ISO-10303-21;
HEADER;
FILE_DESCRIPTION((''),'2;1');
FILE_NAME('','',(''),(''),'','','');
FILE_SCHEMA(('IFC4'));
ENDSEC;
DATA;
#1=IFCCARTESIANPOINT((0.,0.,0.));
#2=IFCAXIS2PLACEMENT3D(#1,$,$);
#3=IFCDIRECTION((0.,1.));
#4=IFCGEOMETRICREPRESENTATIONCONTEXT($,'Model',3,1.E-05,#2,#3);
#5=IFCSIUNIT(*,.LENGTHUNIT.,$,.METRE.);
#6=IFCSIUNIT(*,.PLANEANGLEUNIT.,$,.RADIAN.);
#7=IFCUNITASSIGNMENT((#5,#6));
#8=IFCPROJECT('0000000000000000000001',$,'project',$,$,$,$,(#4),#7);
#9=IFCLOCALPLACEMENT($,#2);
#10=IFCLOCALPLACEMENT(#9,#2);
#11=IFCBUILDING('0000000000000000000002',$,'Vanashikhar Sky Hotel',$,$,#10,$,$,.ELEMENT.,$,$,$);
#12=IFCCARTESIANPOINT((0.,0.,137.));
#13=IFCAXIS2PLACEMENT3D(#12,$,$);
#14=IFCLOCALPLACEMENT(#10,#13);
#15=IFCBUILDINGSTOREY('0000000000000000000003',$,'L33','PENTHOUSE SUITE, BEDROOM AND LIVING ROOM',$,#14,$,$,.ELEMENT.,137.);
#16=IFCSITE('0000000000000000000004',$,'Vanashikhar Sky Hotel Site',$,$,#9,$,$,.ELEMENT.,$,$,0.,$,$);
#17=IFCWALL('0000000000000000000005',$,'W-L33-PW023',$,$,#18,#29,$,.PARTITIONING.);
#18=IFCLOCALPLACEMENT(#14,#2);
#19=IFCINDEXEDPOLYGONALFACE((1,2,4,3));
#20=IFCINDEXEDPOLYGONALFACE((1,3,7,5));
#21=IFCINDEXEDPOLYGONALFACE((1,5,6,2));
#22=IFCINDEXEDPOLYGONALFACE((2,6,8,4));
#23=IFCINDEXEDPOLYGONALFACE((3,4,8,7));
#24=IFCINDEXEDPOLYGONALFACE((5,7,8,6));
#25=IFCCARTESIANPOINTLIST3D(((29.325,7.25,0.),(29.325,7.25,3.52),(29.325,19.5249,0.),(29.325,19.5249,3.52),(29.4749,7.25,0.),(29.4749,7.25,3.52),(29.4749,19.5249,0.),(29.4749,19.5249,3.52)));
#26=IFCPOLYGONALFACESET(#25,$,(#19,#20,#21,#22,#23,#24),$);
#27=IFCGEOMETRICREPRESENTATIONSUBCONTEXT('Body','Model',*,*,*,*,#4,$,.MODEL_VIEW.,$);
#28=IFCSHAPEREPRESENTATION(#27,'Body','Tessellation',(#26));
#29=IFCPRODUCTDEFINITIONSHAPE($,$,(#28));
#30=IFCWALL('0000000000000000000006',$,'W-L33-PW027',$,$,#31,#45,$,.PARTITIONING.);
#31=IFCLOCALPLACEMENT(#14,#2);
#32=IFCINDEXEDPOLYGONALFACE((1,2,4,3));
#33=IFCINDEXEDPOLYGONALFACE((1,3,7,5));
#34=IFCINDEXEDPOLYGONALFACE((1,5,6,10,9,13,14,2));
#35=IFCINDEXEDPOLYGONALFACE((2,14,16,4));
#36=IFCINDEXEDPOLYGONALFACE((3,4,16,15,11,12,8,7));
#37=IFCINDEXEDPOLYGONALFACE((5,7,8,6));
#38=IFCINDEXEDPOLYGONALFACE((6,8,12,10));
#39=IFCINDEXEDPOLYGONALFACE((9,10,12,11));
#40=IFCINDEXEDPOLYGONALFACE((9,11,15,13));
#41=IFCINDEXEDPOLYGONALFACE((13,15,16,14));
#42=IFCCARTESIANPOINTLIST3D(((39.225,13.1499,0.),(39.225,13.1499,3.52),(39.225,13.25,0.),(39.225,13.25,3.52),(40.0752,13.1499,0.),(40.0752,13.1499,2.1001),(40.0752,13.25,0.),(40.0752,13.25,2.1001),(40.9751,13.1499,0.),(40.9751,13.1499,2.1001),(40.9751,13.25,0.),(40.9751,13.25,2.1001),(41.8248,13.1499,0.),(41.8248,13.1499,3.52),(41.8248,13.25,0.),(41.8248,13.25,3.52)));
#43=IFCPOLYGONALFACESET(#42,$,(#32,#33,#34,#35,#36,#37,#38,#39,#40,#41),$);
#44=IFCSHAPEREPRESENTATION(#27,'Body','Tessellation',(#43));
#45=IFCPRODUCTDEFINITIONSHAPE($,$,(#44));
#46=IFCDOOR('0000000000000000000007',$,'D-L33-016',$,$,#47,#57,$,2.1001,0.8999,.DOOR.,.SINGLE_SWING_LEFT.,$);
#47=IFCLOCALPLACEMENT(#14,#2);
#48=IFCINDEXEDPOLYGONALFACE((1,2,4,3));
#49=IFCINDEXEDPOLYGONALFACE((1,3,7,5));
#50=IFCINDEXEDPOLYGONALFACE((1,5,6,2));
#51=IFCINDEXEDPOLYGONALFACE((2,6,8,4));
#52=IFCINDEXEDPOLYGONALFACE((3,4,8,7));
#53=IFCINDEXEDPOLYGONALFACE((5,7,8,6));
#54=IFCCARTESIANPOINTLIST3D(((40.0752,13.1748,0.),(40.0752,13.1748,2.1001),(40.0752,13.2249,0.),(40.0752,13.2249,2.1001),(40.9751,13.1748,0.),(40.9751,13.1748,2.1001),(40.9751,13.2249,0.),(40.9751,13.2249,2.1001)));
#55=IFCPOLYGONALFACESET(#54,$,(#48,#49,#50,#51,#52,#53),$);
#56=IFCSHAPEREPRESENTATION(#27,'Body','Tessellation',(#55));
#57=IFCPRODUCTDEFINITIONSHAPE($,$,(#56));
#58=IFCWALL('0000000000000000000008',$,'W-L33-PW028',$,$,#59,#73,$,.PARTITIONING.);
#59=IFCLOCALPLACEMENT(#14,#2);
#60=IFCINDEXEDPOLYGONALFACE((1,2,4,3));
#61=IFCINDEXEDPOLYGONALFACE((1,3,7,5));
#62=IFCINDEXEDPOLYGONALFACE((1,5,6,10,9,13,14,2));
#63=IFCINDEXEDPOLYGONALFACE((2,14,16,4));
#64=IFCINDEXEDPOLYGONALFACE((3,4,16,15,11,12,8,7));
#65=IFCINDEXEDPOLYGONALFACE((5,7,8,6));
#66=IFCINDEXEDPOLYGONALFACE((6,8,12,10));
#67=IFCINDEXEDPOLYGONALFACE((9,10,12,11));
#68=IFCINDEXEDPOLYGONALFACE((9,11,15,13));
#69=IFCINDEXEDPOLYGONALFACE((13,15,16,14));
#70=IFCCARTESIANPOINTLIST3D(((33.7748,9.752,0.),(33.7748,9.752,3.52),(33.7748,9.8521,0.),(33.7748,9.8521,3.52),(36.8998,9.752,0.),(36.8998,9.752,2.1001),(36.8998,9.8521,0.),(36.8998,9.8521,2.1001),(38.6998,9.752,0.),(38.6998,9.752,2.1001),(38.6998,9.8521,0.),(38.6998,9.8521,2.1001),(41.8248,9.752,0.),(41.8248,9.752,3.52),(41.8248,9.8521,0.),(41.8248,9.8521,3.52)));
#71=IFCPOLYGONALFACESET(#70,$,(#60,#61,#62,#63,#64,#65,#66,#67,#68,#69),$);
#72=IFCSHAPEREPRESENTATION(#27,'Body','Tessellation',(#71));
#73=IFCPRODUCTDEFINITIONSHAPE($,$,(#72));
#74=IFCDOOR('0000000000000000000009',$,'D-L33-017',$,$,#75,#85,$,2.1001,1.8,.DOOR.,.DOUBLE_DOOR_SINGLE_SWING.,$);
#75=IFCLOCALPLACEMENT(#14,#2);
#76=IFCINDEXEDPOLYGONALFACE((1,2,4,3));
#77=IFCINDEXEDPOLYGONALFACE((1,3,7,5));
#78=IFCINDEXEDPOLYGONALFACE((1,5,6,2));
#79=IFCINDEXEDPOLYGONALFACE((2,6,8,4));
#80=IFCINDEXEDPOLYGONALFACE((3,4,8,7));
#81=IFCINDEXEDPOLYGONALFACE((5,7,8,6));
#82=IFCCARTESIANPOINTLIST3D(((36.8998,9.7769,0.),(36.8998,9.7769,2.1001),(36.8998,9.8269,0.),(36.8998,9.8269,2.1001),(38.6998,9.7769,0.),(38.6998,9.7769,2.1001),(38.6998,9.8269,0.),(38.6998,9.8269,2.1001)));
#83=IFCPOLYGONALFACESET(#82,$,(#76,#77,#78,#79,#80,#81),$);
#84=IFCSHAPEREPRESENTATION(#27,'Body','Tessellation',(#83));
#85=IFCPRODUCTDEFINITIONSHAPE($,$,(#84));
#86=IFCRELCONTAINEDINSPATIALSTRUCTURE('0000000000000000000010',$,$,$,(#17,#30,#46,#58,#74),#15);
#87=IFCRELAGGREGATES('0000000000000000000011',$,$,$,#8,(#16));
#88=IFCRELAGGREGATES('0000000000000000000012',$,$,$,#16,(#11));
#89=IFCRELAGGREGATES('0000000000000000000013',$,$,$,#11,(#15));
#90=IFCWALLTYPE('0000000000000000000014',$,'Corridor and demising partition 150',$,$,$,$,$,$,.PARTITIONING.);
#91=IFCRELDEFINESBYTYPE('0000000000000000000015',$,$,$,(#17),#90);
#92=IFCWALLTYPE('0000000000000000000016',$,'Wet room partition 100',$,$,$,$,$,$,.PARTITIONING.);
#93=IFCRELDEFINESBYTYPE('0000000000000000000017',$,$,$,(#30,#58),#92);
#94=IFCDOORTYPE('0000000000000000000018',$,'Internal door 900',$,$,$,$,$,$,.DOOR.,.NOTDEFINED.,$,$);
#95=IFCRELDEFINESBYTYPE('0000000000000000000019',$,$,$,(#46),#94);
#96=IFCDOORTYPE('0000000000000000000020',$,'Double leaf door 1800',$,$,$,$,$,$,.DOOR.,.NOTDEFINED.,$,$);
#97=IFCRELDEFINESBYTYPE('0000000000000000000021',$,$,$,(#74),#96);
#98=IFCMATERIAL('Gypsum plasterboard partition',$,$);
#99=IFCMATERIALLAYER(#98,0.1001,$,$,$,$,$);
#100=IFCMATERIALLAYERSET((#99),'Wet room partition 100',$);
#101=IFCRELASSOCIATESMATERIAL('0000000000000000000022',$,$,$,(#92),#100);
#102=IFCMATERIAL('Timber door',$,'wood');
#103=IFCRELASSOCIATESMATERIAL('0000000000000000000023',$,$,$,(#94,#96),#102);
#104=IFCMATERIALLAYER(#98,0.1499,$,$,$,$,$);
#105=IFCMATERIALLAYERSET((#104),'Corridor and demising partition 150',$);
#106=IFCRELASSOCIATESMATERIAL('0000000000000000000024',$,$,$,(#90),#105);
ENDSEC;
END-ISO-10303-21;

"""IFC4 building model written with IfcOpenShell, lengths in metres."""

from ifc_helpers import new_model, si_unit, direction, frame, frame_2d, origin, place, context, subcontext, project, spatial, rectangle, extrude, source, transform, mapped, material, layer, layer_set, type_object, element, fill, save


model = new_model("IFC4")

# Units and contexts
model_context = context("Model", 3, precision=1e-05, world=origin(), true_north=direction((0.0, 1.0)))
body_context = subcontext(model_context, "Body", "Model", "MODEL_VIEW")
ifc_project = project(units=[si_unit("LENGTHUNIT", "METRE"), si_unit("PLANEANGLEUNIT", "RADIAN")], contexts=[model_context])

# Site, building, storey
site_placement = place(None, origin())
site = spatial("IfcSite", under=ifc_project, at=site_placement, Name="Vanashikhar Sky Hotel Site", CompositionType="ELEMENT", RefElevation=0.0)
building_placement = place(site_placement, origin())
building = spatial("IfcBuilding", under=site, at=building_placement, Name="Vanashikhar Sky Hotel", CompositionType="ELEMENT")
storey_placement = place(building_placement, frame((0.0, 0.0, 137.0)))
storey = spatial("IfcBuildingStorey", under=building, at=storey_placement, Name="L33", Description="PENTHOUSE SUITE, BEDROOM AND LIVING ROOM", CompositionType="ELEMENT", Elevation=137.0)

# Shared definitions
ifc_material_1 = material(Name="Gypsum plasterboard partition")
ifc_layer_1 = layer(ifc_material_1, 0.1001)
ifc_layer_set_1 = layer_set([ifc_layer_1], Name="Wet room partition 100")
wall_type_1 = type_object("IfcWallType", Name="Wet room partition 100", PredefinedType="PARTITIONING", material=ifc_layer_set_1)
shared_shape_1 = source(origin(), body_context, "Body", "SweptSolid", [
    extrude(rectangle(XDim=0.8999, YDim=2.1001, at=frame_2d((0.45, 1.05))), frame((0.0, 0.0601, 0.0), z_axis=(0.0, -1.0, 0.0), x_axis=(1.0, 0.0, 0.0)), (0.0, 0.0, 1.0), 0.1201),
])
ifc_material_2 = material(Name="Timber door", Category="wood")
door_type_1 = type_object("IfcDoorType", Name="Internal door 900", OperationType="NOTDEFINED", PredefinedType="DOOR", material=ifc_material_2)
shared_shape_2 = source(origin(), body_context, "Body", "SweptSolid", [
    extrude(rectangle(XDim=0.8999, YDim=2.1001, at=frame_2d((0.45, 1.05))), frame((0.0, 0.0249, 0.0), z_axis=(0.0, -1.0, 0.0), x_axis=(1.0, 0.0, 0.0)), (0.0, 0.0, 1.0), 0.05),
])

# Wall
ifc_layer_2 = layer(ifc_material_1, 0.1499)
ifc_layer_set_2 = layer_set([ifc_layer_2], Name="Corridor and demising partition 150")
wall_type_2 = type_object("IfcWallType", Name="Corridor and demising partition 150", PredefinedType="PARTITIONING", material=ifc_layer_set_2)
shared_shape_3 = source(origin(), body_context, "Body", "SweptSolid", [
    extrude(rectangle(XDim=12.2749, YDim=0.1499, at=frame_2d((6.1375, 0.0))), origin(), (0.0, 0.0, 1.0), 3.52),
])
wall_1_placement = place(storey_placement, frame((29.3999, 7.25, 0.0), z_axis=(0.0, 0.0, 1.0), x_axis=(0.0, 1.0, 0.0)))
element("IfcWall", 1, at=wall_1_placement, inside=storey, type_object=wall_type_2, Name="W-L33-PW023", PredefinedType="PARTITIONING", context=body_context, shape_type="MappedRepresentation", body=[
    mapped(shared_shape_3, transform((0.0, 0.0, 0.0), scale=1.0)),
])

# Walls, openings, doors
shared_shape_4 = source(origin(), body_context, "Body", "SweptSolid", [
    extrude(rectangle(XDim=2.5999, YDim=0.1001, at=frame_2d((1.2998, 0.0))), origin(), (0.0, 0.0, 1.0), 3.52),
])
wall_2_placement = place(storey_placement, frame((39.2251, 13.2, 0.0), z_axis=(0.0, 0.0, 1.0), x_axis=(1.0, 0.0, 0.0)))
wall_2 = element("IfcWall", 2, at=wall_2_placement, inside=storey, type_object=wall_type_1, Name="W-L33-PW027", PredefinedType="PARTITIONING", context=body_context, shape_type="MappedRepresentation", body=[
    mapped(shared_shape_4, transform((0.0, 0.0, 0.0), scale=1.0)),
])
opening_1_placement = place(wall_2_placement, frame((0.8501, 0.0, 0.0)))
opening_1 = element("IfcOpeningElement", 3, at=opening_1_placement, cuts=wall_2, PredefinedType="OPENING", context=body_context, shape_type="MappedRepresentation", body=[
    mapped(shared_shape_1, transform((0.0, 0.0, 0.0), scale=1.0)),
])
door_1_placement = place(opening_1_placement, origin())
door_1 = element("IfcDoor", 4, at=door_1_placement, inside=storey, type_object=door_type_1, Name="D-L33-016", OperationType="SINGLE_SWING_LEFT", OverallHeight=2.1001, OverallWidth=0.8999, PredefinedType="DOOR", context=body_context, shape_type="MappedRepresentation", body=[
    mapped(shared_shape_2, transform((0.0, 0.0, 0.0), scale=1.0)),
])
fill(opening_1, door_1)
shared_shape_5 = source(origin(), body_context, "Body", "SweptSolid", [
    extrude(rectangle(XDim=8.05, YDim=0.1001, at=frame_2d((4.0249, 0.0))), origin(), (0.0, 0.0, 1.0), 3.52),
])
wall_3_placement = place(storey_placement, frame((33.7749, 9.802, 0.0), z_axis=(0.0, 0.0, 1.0), x_axis=(1.0, 0.0, 0.0)))
wall_3 = element("IfcWall", 5, at=wall_3_placement, inside=storey, type_object=wall_type_1, Name="W-L33-PW028", PredefinedType="PARTITIONING", context=body_context, shape_type="MappedRepresentation", body=[
    mapped(shared_shape_5, transform((0.0, 0.0, 0.0), scale=1.0)),
])
shared_shape_6 = source(origin(), body_context, "Body", "SweptSolid", [
    extrude(rectangle(XDim=1.8, YDim=2.1001, at=frame_2d((0.8999, 1.05))), frame((0.0, 0.0601, 0.0), z_axis=(0.0, -1.0, 0.0), x_axis=(1.0, 0.0, 0.0)), (0.0, 0.0, 1.0), 0.1201),
])
opening_2_placement = place(wall_3_placement, frame((3.125, 0.0, 0.0)))
opening_2 = element("IfcOpeningElement", 6, at=opening_2_placement, cuts=wall_3, PredefinedType="OPENING", context=body_context, shape_type="MappedRepresentation", body=[
    mapped(shared_shape_6, transform((0.0, 0.0, 0.0), scale=1.0)),
])
door_type_2 = type_object("IfcDoorType", Name="Double leaf door 1800", OperationType="NOTDEFINED", PredefinedType="DOOR", material=ifc_material_2)
shared_shape_7 = source(origin(), body_context, "Body", "SweptSolid", [
    extrude(rectangle(XDim=1.8, YDim=2.1001, at=frame_2d((0.8999, 1.05))), frame((0.0, 0.0249, 0.0), z_axis=(0.0, -1.0, 0.0), x_axis=(1.0, 0.0, 0.0)), (0.0, 0.0, 1.0), 0.05),
])
door_2_placement = place(opening_2_placement, origin())
door_2 = element("IfcDoor", 7, at=door_2_placement, inside=storey, type_object=door_type_2, Name="D-L33-017", OperationType="DOUBLE_DOOR_SINGLE_SWING", OverallHeight=2.1001, OverallWidth=1.8, PredefinedType="DOOR", context=body_context, shape_type="MappedRepresentation", body=[
    mapped(shared_shape_7, transform((0.0, 0.0, 0.0), scale=1.0)),
])
fill(opening_2, door_2)

save(model, "model.ifc")
